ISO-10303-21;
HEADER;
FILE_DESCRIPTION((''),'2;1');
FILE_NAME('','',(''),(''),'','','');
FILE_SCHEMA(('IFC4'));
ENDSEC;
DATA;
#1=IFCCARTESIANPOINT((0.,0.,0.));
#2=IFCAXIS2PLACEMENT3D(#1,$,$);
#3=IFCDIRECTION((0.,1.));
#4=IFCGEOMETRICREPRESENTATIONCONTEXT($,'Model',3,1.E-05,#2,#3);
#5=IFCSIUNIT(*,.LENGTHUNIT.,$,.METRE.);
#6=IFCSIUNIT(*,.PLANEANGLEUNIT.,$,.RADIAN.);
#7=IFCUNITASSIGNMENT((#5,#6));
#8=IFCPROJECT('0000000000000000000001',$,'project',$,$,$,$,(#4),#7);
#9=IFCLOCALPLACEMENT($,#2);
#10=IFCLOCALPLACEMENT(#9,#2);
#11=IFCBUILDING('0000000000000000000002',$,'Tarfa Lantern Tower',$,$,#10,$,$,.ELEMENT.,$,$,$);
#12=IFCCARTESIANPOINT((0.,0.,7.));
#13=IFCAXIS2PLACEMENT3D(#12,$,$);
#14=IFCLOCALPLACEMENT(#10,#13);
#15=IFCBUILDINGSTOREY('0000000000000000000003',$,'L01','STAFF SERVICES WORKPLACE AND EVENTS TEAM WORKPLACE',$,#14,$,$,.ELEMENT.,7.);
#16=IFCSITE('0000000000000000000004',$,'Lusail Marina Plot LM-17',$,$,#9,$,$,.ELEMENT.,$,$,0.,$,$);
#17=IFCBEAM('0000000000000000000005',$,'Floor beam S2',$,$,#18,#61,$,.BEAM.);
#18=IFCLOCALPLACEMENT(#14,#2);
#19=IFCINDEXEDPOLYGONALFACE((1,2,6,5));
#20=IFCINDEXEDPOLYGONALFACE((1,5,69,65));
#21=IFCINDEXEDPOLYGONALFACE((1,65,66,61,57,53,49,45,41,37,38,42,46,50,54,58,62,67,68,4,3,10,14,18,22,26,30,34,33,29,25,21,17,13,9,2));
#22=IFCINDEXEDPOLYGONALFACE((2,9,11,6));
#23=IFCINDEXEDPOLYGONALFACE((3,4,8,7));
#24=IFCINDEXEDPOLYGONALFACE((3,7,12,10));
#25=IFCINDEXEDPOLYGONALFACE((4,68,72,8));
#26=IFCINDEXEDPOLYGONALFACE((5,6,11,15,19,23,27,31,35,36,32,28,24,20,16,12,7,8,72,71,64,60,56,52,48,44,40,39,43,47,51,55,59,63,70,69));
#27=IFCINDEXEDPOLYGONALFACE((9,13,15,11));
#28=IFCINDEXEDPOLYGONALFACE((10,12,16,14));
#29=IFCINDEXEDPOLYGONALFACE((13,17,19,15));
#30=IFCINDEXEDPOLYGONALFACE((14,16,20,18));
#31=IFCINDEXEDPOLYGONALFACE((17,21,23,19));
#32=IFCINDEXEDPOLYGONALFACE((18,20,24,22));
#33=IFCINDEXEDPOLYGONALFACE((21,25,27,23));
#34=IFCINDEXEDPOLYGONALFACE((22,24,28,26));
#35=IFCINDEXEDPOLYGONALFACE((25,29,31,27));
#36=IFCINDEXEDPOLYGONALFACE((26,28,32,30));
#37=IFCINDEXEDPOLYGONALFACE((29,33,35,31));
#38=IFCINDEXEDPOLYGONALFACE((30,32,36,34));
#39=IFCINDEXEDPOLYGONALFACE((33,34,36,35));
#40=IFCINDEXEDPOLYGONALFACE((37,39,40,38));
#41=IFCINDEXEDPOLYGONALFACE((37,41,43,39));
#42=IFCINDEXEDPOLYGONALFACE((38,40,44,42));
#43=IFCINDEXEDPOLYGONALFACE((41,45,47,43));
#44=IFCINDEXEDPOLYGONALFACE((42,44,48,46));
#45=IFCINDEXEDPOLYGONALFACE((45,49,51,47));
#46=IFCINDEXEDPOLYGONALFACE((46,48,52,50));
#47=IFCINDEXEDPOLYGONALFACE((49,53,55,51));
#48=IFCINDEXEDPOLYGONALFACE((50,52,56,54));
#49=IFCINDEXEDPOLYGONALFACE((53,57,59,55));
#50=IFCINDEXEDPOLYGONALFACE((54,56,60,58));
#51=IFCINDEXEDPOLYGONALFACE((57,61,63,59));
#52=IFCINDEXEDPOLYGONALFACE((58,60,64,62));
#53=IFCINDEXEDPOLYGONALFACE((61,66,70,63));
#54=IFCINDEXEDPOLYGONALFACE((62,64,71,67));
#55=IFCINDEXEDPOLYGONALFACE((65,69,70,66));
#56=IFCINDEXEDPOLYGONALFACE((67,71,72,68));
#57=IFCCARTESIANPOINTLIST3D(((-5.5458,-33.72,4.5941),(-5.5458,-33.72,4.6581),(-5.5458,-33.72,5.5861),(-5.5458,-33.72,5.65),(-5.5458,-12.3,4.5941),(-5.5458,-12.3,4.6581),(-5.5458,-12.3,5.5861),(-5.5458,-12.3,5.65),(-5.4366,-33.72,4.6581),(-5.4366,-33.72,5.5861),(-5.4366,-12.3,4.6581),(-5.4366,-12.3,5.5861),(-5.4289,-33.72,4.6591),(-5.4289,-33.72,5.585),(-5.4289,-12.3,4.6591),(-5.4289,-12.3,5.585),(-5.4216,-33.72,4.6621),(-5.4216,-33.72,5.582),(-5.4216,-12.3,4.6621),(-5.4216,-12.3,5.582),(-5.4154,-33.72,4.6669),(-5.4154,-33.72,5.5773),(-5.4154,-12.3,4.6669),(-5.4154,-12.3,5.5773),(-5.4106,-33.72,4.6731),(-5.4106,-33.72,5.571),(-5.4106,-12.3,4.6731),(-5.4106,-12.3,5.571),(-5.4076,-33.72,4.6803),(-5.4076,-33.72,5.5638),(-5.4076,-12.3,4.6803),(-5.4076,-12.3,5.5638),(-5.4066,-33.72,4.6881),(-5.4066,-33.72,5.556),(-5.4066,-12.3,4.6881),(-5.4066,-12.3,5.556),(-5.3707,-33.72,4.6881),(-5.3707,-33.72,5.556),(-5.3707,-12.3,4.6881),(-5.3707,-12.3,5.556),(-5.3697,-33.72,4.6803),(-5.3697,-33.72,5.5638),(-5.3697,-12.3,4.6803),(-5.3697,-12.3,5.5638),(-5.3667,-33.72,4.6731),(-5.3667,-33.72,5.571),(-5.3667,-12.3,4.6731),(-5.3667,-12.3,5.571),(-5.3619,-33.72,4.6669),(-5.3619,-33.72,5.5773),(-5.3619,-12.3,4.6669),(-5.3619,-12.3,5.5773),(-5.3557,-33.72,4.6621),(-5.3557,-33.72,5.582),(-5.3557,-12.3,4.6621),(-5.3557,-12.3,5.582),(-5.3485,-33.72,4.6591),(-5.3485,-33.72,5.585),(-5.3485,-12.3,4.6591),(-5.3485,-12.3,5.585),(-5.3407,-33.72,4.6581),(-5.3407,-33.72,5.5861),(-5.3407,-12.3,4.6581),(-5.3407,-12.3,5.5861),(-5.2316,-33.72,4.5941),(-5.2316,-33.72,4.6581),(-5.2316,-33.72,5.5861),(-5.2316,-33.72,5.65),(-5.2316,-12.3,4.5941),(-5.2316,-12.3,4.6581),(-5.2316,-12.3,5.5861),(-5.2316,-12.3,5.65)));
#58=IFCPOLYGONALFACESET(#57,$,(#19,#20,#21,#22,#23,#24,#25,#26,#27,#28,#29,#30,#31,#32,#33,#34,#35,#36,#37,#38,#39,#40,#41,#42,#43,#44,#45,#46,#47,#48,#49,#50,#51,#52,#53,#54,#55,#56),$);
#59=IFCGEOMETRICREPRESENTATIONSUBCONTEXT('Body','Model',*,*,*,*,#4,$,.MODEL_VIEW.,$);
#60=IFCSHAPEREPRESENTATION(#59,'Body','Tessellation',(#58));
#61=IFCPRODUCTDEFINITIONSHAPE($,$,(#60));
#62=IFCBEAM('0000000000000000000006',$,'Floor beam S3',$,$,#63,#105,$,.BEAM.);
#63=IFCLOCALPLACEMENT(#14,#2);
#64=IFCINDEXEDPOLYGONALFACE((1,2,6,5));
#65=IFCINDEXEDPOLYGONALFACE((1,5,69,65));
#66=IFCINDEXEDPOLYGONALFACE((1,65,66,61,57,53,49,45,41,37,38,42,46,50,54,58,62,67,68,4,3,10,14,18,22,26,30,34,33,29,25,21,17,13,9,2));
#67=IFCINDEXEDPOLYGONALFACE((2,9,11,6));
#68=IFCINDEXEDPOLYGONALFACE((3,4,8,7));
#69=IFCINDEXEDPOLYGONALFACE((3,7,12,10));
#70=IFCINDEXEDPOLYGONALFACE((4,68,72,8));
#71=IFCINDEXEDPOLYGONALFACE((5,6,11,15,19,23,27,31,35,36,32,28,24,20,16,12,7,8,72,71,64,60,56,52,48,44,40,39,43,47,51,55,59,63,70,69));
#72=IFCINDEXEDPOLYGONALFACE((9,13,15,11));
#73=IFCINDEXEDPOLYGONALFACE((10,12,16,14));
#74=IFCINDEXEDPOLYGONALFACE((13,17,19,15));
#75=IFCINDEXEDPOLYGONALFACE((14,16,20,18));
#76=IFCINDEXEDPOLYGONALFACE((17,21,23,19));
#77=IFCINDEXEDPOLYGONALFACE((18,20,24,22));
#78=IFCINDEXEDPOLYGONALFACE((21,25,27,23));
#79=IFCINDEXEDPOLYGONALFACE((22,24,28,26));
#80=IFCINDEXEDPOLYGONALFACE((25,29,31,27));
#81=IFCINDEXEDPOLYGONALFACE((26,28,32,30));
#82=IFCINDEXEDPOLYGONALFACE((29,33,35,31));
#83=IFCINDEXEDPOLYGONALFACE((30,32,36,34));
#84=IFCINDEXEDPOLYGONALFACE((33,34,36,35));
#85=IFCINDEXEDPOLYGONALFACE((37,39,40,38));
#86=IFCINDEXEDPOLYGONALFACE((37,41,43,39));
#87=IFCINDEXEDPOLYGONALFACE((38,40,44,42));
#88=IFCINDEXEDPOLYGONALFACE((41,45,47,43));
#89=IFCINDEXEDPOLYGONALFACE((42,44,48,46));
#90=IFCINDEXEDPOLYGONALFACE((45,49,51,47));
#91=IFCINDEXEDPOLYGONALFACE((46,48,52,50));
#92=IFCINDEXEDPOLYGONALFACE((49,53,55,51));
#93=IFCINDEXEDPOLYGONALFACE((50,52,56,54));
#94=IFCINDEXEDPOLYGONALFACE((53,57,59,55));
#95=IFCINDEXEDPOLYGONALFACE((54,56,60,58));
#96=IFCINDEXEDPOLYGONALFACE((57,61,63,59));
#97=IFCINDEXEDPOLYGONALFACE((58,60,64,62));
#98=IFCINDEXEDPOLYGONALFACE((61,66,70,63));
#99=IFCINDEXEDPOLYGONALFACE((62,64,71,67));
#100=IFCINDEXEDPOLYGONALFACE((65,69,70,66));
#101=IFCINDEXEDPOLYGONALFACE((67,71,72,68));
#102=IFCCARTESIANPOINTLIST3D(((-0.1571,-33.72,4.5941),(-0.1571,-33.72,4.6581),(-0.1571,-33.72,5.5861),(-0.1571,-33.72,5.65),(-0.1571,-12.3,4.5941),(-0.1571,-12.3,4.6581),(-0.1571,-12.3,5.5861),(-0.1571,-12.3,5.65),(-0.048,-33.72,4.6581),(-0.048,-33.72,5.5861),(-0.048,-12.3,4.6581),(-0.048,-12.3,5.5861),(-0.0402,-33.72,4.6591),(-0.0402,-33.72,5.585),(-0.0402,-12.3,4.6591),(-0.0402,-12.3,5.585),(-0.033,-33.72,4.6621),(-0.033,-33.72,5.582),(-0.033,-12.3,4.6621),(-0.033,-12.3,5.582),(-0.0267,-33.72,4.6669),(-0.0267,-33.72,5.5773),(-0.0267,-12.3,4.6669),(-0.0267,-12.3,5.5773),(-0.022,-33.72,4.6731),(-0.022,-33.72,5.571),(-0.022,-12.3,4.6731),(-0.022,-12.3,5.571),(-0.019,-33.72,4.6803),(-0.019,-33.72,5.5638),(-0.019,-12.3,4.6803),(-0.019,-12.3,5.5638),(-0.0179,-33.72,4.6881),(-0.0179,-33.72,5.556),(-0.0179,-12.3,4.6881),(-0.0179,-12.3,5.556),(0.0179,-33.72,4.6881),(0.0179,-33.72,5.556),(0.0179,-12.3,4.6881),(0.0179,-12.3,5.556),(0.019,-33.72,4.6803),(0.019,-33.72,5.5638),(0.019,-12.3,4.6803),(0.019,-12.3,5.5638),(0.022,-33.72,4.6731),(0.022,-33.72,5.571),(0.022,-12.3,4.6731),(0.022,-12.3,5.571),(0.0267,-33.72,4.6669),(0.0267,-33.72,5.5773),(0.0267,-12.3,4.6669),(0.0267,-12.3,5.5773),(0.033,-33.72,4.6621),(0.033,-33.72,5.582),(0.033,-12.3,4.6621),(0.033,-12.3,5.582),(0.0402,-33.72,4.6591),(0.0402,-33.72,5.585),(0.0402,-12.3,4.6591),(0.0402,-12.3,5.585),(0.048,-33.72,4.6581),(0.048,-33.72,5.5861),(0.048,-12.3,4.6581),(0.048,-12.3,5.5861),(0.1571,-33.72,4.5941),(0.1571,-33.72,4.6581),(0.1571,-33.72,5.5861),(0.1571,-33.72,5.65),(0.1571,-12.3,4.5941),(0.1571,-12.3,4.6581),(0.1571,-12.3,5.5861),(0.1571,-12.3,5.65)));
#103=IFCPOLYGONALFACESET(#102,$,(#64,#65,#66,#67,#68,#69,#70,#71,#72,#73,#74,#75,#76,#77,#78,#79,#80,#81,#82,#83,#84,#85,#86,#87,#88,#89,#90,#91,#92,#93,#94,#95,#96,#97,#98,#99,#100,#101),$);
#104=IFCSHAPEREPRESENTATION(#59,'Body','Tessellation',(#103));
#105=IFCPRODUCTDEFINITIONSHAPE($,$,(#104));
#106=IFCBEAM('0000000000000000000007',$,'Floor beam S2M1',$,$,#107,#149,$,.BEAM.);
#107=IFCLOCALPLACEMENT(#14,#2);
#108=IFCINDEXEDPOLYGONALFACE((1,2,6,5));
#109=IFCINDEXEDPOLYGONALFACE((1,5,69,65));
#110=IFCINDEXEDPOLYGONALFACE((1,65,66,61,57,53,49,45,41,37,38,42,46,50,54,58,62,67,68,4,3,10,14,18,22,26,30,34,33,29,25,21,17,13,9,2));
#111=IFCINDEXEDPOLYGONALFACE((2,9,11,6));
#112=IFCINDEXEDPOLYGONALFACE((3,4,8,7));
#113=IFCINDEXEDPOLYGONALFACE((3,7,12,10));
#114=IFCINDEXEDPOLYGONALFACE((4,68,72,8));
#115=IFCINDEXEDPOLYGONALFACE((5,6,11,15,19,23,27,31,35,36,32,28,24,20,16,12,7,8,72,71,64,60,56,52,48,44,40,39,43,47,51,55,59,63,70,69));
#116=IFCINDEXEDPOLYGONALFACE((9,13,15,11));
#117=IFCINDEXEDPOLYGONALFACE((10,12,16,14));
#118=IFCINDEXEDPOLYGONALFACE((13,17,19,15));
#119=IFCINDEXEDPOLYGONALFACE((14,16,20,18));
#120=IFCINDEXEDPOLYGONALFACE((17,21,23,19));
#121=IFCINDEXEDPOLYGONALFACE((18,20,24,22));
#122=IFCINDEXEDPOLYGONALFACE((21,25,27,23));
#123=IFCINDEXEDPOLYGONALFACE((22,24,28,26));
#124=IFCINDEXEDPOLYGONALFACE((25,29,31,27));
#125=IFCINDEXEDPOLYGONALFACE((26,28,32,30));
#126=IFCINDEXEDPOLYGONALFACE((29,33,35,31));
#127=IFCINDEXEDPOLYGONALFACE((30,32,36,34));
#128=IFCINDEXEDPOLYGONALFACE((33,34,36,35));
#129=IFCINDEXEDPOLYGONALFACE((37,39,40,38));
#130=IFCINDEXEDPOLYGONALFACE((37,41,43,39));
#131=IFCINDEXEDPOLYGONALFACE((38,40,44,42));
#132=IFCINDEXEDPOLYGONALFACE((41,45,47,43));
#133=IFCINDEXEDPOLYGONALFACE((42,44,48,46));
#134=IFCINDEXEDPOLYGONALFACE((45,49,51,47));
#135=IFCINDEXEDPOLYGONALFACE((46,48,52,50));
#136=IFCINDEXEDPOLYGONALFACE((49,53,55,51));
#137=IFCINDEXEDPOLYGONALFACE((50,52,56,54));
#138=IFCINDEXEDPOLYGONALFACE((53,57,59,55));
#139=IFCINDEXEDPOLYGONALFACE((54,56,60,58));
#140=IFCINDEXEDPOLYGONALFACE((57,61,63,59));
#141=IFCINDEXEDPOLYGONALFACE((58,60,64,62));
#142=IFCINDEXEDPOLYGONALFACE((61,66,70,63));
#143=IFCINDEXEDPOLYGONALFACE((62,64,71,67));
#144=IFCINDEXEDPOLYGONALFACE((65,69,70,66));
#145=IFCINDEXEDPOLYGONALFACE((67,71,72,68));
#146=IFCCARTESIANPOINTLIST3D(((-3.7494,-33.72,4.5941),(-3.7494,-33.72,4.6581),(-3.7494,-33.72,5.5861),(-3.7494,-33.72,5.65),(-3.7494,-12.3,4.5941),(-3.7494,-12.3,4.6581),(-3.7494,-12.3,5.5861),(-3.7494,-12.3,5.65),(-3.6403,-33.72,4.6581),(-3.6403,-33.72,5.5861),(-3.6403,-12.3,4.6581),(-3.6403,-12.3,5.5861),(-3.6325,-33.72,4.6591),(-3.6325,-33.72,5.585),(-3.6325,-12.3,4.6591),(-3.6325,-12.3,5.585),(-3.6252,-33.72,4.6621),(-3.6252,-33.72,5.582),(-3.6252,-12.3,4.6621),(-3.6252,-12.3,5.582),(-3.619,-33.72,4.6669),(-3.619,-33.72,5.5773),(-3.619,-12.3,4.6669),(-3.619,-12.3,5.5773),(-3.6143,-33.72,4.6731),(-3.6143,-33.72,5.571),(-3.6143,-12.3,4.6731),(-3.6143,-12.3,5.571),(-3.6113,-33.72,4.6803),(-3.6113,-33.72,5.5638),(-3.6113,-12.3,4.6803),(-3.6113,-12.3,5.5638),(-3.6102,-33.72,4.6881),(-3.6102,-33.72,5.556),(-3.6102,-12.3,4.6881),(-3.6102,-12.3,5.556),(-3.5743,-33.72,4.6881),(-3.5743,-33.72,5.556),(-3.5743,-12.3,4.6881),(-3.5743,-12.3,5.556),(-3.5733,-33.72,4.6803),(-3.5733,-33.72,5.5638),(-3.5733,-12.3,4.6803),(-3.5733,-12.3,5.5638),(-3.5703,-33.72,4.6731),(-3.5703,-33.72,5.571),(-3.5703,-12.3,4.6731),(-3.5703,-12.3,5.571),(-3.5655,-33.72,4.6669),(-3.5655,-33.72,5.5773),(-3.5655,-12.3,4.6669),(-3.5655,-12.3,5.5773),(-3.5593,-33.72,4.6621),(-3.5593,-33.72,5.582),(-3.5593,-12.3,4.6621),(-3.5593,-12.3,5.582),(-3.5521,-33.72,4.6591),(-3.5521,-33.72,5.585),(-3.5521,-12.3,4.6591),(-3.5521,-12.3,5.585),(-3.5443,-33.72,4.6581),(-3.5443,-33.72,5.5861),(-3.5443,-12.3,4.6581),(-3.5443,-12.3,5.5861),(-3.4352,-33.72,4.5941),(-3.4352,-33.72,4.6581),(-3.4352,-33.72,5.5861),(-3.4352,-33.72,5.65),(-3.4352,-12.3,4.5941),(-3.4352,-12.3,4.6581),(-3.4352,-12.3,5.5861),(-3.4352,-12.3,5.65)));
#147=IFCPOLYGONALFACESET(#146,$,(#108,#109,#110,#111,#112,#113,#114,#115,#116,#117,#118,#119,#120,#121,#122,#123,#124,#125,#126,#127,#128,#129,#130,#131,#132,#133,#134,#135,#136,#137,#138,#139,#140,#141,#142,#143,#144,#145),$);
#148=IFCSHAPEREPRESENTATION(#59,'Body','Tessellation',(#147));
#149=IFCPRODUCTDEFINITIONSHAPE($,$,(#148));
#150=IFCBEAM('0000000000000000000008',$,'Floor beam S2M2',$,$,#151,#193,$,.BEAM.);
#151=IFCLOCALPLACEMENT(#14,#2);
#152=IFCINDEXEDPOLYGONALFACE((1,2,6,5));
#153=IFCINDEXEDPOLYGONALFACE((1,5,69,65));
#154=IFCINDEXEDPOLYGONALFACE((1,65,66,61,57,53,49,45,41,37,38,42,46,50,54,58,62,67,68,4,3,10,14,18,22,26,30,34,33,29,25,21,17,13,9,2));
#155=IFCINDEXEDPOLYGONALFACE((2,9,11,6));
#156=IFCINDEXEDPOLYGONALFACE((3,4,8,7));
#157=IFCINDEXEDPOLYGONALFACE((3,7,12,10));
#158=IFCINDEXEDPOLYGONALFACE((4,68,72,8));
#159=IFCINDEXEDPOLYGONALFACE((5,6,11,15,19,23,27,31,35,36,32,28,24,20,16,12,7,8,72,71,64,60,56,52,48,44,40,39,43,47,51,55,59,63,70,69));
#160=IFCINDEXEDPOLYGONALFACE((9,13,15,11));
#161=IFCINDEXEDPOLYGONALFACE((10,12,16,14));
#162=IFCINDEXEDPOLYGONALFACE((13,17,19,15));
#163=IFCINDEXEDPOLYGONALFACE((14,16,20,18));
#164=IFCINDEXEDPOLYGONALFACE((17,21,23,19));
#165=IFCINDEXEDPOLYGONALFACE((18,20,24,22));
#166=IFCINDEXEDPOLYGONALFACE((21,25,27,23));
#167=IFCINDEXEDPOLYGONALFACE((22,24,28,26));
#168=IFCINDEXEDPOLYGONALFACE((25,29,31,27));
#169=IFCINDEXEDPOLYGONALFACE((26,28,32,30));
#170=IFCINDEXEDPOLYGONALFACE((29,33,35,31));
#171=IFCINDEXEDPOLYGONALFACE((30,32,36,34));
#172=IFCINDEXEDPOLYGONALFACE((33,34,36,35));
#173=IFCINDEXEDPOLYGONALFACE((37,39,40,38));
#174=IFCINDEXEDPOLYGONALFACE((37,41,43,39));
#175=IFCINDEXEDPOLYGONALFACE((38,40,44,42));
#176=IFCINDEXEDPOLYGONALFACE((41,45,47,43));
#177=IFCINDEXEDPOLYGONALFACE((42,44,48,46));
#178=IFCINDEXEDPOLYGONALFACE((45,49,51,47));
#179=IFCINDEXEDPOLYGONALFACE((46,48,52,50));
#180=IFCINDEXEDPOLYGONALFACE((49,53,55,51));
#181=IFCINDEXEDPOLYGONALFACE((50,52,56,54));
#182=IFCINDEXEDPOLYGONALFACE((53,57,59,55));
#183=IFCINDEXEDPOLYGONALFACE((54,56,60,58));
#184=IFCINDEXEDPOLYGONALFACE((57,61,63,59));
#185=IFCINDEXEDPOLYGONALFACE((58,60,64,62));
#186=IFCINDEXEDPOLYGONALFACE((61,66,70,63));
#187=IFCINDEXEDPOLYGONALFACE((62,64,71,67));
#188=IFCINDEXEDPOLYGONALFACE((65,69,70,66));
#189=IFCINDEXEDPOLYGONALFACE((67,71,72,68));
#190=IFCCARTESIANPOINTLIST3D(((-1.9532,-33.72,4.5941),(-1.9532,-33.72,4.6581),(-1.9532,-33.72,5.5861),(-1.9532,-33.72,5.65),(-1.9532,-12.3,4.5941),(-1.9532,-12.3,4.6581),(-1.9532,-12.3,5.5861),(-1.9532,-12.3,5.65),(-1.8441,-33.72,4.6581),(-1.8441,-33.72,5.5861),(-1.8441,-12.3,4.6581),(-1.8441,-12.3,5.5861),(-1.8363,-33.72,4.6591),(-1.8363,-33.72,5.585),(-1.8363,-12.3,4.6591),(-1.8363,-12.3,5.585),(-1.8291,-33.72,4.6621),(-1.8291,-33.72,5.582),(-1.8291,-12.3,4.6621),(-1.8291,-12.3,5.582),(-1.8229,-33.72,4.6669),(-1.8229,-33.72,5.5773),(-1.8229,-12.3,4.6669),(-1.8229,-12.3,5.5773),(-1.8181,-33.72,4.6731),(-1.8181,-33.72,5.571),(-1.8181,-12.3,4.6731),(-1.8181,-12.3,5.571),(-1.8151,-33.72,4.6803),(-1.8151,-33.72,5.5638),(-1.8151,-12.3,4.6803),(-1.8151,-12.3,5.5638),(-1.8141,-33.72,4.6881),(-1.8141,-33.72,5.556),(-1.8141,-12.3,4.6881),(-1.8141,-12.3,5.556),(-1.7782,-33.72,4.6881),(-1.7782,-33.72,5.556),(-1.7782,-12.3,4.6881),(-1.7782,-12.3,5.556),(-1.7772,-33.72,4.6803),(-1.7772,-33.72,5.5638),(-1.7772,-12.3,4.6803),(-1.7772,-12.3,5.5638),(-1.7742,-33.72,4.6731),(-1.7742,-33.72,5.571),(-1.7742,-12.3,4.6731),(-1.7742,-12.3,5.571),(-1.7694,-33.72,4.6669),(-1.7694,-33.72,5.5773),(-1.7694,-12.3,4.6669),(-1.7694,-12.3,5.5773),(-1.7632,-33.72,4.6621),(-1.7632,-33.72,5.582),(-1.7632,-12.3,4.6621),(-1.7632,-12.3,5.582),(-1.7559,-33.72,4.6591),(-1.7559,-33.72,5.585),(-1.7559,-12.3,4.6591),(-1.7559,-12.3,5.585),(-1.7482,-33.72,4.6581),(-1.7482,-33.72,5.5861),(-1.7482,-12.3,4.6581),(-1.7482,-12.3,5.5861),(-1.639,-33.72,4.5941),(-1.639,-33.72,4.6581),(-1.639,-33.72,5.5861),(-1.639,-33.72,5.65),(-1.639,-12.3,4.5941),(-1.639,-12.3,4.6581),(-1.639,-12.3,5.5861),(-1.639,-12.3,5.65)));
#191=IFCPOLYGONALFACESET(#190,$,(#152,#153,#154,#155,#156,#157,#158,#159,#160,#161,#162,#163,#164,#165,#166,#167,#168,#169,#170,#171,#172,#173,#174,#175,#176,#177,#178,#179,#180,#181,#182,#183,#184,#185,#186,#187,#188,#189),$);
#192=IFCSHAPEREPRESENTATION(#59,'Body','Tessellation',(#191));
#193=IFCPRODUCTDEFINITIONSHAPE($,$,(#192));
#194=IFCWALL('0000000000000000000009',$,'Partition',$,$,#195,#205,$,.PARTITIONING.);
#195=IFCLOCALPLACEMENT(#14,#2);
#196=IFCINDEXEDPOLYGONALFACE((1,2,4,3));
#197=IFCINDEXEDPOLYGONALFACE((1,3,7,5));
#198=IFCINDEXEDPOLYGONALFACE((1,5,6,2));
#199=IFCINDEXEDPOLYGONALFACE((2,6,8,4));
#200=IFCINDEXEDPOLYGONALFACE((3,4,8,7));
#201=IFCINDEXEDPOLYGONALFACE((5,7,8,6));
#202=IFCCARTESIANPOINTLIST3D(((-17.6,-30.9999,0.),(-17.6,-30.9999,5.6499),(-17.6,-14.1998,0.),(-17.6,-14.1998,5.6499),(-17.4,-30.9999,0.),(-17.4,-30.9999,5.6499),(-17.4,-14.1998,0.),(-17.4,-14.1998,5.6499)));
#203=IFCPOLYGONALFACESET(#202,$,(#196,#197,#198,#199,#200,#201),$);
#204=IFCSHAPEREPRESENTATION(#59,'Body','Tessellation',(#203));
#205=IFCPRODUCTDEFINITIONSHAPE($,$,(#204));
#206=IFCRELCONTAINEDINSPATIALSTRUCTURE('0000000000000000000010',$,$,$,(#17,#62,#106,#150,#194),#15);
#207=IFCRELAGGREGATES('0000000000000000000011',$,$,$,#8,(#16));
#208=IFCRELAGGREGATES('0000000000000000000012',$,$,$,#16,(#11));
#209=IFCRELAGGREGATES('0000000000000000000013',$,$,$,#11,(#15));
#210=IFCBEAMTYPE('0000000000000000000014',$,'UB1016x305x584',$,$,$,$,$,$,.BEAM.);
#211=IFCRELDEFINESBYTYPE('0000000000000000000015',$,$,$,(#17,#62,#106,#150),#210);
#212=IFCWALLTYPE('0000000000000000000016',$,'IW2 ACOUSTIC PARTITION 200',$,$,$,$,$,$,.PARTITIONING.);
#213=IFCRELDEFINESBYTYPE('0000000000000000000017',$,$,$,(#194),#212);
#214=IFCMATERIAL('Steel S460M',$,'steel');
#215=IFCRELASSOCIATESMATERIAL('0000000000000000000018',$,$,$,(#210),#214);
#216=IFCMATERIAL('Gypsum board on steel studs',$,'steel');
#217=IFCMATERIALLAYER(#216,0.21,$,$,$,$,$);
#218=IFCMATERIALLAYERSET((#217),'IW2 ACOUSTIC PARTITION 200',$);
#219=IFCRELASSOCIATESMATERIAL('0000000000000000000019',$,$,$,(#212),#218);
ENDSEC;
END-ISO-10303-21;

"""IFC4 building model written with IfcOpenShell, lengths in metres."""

from ifc_helpers import new_model, si_unit, direction, frame, frame_2d, origin, origin_2d, place, context, subcontext, project, spatial, rectangle, i_section, extrude, material, layer, layer_set, material_profile, profile_set, type_object, element, save


model = new_model("IFC4")

# Units and contexts
model_context = context("Model", 3, precision=1e-05, world=origin(), true_north=direction((0.0, 1.0)))
body_context = subcontext(model_context, "Body", "Model", "MODEL_VIEW")
ifc_project = project(units=[si_unit("LENGTHUNIT", "METRE"), si_unit("PLANEANGLEUNIT", "RADIAN")], contexts=[model_context])

# Site, building, storey
site_placement = place(None, origin())
site = spatial("IfcSite", under=ifc_project, at=site_placement, Name="Lusail Marina Plot LM-17", CompositionType="ELEMENT", RefElevation=0.0)
building_placement = place(site_placement, origin())
building = spatial("IfcBuilding", under=site, at=building_placement, Name="Tarfa Lantern Tower", CompositionType="ELEMENT")
storey_placement = place(building_placement, frame((0.0, 0.0, 7.0)))
storey = spatial("IfcBuildingStorey", under=building, at=storey_placement, Name="L01", Description="STAFF SERVICES WORKPLACE AND EVENTS TEAM WORKPLACE", CompositionType="ELEMENT", Elevation=7.0)

# Beams
ifc_material_1 = material(Name="Steel S460M", Category="steel")
ifc_material_profile_1 = material_profile(ifc_material_1, i_section(OverallWidth=0.3142, OverallDepth=1.0559, WebThickness=0.0359, FlangeThickness=0.064, FilletRadius=0.03, at=origin_2d()), Name="UB1016x305x584")
ifc_profile_set_1 = profile_set([ifc_material_profile_1], Name="Steel S460M")
beam_type_1 = type_object("IfcBeamType", Name="UB1016x305x584", PredefinedType="BEAM", material=ifc_profile_set_1)
for number, where, z_axis, x_axis, name in (
    (1, (-5.3887, -33.72, 5.1221), (0.0, 1.0, 0.0), (-1.0, 0.0, 0.0), "Floor beam S2"),
    (2, (0.0, -33.72, 5.1221), (0.0, 1.0, 0.0), (-1.0, 0.0, 0.0), "Floor beam S3"),
    (3, (-3.5923, -33.72, 5.1221), (0.0, 1.0, 0.0), (-1.0, 0.0, 0.0), "Floor beam S2M1"),
    (4, (-1.7961, -33.72, 5.1221), (0.0, 1.0, 0.0), (-1.0, 0.0, 0.0), "Floor beam S2M2"),
):
    element("IfcBeam", number, at=place(storey_placement, frame(where, z_axis=z_axis, x_axis=x_axis)), inside=storey, type_object=beam_type_1, Name=name, PredefinedType="BEAM", context=body_context, shape_type="SweptSolid", body=[
        extrude(i_section(OverallWidth=0.3142, OverallDepth=1.0559, WebThickness=0.0359, FlangeThickness=0.064, FilletRadius=0.03, at=origin_2d()), origin(), (0.0, 0.0, 1.0), 21.4199),
    ])

# Wall
ifc_material_2 = material(Name="Gypsum board on steel studs", Category="steel")
ifc_layer = layer(ifc_material_2, 0.21)
ifc_layer_set = layer_set([ifc_layer], Name="IW2 ACOUSTIC PARTITION 200")
wall_type = type_object("IfcWallType", Name="IW2 ACOUSTIC PARTITION 200", PredefinedType="PARTITIONING", material=ifc_layer_set)
wall_1_placement = place(storey_placement, frame((-17.5, -14.2, 0.0), z_axis=(0.0, 0.0, 1.0), x_axis=(0.0, -1.0, 0.0)))
element("IfcWall", 5, at=wall_1_placement, inside=storey, type_object=wall_type, Name="Partition", PredefinedType="PARTITIONING", context=body_context, shape_type="SweptSolid", body=[
    extrude(rectangle(XDim=16.8, YDim=0.2, at=frame_2d((8.3999, 0.0))), origin(), (0.0, 0.0, 1.0), 5.6499),
])

save(model, "model.ifc")
